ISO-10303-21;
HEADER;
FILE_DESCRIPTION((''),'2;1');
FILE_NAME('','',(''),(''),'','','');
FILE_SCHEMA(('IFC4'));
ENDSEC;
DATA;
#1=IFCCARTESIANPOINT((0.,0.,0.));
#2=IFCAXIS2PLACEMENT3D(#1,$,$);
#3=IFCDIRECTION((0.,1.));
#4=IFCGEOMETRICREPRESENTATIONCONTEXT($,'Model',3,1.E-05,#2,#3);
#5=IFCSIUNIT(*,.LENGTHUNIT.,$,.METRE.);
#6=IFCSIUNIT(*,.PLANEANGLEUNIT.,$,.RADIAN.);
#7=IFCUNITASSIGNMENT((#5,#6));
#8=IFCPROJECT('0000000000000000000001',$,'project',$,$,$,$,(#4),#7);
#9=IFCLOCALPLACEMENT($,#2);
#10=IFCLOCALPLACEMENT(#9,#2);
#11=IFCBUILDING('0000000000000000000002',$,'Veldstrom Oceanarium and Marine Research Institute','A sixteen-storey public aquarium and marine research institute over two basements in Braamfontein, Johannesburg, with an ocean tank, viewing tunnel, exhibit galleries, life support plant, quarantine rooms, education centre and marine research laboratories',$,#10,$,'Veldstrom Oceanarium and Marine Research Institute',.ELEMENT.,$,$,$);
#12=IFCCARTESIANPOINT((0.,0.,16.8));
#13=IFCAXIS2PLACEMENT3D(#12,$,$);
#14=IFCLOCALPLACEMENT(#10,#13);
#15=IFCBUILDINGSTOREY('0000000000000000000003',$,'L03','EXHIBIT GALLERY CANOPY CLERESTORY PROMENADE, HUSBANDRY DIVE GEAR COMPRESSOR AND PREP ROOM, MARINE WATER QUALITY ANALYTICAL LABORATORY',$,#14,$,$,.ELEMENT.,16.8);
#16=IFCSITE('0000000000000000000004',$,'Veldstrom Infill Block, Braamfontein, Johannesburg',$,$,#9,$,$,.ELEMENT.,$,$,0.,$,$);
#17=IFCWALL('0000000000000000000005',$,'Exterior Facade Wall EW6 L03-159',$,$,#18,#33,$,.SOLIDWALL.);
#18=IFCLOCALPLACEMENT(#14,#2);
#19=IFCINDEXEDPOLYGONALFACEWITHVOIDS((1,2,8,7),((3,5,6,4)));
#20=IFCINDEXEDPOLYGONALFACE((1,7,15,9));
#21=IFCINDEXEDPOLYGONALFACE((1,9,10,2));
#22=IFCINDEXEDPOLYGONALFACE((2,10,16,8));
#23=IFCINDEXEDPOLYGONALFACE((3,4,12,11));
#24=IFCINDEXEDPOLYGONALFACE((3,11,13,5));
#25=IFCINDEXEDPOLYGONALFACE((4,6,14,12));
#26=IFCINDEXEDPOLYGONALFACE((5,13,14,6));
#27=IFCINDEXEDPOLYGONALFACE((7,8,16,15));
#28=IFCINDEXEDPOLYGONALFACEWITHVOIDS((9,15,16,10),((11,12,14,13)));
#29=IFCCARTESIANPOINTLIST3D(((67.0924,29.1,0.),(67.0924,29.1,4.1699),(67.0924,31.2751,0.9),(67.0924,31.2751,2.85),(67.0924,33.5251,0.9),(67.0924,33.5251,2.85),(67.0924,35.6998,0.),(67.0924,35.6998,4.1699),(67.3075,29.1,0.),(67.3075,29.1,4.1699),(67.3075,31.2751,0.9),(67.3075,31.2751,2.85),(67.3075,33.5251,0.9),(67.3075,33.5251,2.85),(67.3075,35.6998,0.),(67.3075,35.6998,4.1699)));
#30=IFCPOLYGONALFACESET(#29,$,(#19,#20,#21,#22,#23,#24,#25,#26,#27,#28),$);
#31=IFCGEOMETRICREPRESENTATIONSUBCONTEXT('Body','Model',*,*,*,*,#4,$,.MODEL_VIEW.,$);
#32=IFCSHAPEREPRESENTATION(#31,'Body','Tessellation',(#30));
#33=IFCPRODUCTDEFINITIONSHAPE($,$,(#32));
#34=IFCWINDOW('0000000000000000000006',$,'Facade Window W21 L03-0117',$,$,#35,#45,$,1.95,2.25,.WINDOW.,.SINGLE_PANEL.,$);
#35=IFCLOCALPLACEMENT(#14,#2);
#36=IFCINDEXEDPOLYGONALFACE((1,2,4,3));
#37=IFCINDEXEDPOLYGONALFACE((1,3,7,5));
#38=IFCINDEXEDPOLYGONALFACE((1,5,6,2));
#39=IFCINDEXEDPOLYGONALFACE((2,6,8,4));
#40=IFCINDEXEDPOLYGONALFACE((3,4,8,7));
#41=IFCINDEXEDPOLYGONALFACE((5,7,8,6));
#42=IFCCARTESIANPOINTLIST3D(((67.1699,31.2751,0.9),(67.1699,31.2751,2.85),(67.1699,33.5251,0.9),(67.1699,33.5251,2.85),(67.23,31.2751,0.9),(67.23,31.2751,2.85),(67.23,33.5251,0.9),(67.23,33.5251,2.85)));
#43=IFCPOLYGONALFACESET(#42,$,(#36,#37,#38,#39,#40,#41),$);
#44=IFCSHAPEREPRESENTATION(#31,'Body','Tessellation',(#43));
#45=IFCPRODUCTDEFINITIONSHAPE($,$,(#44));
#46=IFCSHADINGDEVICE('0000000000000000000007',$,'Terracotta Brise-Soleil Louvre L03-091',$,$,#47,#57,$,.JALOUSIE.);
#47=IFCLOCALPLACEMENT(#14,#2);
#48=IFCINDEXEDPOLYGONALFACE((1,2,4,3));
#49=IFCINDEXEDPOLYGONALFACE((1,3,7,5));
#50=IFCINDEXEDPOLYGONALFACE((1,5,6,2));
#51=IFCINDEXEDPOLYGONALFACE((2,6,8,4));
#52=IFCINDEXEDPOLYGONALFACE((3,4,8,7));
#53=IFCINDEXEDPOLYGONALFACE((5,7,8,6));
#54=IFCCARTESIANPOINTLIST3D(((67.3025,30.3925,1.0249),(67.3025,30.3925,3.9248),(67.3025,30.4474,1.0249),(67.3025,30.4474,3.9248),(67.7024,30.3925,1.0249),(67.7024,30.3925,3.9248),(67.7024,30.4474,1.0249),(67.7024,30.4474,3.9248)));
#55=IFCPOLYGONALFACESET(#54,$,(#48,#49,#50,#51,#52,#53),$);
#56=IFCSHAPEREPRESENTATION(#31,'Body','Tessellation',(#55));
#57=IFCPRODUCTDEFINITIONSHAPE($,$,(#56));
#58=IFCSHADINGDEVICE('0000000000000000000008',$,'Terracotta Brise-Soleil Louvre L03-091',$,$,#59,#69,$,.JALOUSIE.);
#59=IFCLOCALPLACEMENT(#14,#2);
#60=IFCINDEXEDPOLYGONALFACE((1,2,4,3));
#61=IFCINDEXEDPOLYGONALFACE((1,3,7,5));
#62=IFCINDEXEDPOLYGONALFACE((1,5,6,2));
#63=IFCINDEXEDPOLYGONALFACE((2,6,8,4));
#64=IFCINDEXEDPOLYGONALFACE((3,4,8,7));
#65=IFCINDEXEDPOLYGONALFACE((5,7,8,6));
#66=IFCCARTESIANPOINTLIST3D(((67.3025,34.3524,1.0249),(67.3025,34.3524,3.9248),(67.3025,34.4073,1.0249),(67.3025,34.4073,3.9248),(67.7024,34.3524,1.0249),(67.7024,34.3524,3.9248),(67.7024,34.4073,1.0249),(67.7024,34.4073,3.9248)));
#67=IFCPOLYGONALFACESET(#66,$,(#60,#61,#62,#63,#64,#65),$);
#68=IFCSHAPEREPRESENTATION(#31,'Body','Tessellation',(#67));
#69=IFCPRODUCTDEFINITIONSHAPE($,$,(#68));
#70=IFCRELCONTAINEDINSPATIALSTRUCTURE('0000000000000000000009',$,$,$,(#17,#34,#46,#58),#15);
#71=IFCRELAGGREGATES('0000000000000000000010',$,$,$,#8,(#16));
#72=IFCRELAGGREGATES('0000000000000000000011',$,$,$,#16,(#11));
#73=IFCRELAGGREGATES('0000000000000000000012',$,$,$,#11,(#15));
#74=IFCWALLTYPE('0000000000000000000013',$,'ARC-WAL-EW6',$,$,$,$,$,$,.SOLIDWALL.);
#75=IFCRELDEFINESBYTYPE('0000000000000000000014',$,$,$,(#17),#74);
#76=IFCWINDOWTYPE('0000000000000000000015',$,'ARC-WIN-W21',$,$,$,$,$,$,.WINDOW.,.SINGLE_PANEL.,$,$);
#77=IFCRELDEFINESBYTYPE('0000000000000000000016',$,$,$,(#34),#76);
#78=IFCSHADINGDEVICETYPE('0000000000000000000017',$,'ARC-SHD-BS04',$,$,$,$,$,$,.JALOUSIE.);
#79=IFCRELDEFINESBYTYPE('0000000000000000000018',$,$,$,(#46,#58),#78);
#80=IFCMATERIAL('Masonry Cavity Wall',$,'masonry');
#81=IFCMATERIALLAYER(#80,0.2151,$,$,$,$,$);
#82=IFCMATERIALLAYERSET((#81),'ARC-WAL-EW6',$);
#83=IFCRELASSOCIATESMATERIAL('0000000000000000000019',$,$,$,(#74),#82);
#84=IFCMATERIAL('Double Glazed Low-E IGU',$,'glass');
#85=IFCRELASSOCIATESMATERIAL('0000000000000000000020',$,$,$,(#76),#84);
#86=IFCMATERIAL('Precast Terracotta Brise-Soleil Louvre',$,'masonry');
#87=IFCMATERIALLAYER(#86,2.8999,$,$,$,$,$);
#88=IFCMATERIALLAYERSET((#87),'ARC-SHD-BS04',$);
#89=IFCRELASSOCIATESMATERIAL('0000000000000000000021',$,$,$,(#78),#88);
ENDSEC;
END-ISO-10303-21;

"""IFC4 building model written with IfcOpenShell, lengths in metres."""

from ifc_helpers import new_model, si_unit, direction, frame, frame_2d, origin, origin_2d, place, context, subcontext, project, spatial, rectangle, extrude, material, layer, layer_set, type_object, element, fill, save


model = new_model("IFC4")

# Units and contexts
model_context = context("Model", 3, precision=1e-05, world=origin(), true_north=direction((0.0, 1.0)))
body_context = subcontext(model_context, "Body", "Model", "MODEL_VIEW")
ifc_project = project(units=[si_unit("LENGTHUNIT", "METRE"), si_unit("PLANEANGLEUNIT", "RADIAN")], contexts=[model_context])

# Site, building, storey
site_placement = place(None, origin())
site = spatial("IfcSite", under=ifc_project, at=site_placement, Name="Veldstrom Infill Block, Braamfontein, Johannesburg", CompositionType="ELEMENT", RefElevation=0.0)
building_placement = place(site_placement, origin())
building = spatial("IfcBuilding", under=site, at=building_placement, Name="Veldstrom Oceanarium and Marine Research Institute", Description="A sixteen-storey public aquarium and marine research institute over two basements in Braamfontein, Johannesburg, with an ocean tank, viewing tunnel, exhibit galleries, life support plant, quarantine rooms, education centre and marine research laboratories", LongName="Veldstrom Oceanarium and Marine Research Institute", CompositionType="ELEMENT")
storey_placement = place(building_placement, frame((0.0, 0.0, 16.8)))
storey = spatial("IfcBuildingStorey", under=building, at=storey_placement, Name="L03", Description="EXHIBIT GALLERY CANOPY CLERESTORY PROMENADE, HUSBANDRY DIVE GEAR COMPRESSOR AND PREP ROOM, MARINE WATER QUALITY ANALYTICAL LABORATORY", CompositionType="ELEMENT", Elevation=16.8)

# Wall, opening, window
ifc_material_1 = material(Name="Masonry Cavity Wall", Category="masonry")
ifc_layer_1 = layer(ifc_material_1, 0.2151)
ifc_layer_set_1 = layer_set([ifc_layer_1], Name="ARC-WAL-EW6")
wall_type = type_object("IfcWallType", Name="ARC-WAL-EW6", PredefinedType="SOLIDWALL", material=ifc_layer_set_1)
wall_placement = place(storey_placement, frame((67.2, 29.1001, 0.0), z_axis=(0.0, 0.0, 1.0), x_axis=(0.0, 1.0, 0.0)))
wall = element("IfcWall", 1, at=wall_placement, inside=storey, type_object=wall_type, Name="Exterior Facade Wall EW6 L03-159", PredefinedType="SOLIDWALL", context=body_context, shape_type="SweptSolid", body=[
    extrude(rectangle(XDim=6.5999, YDim=0.2151, at=frame_2d((3.2998, 0.0))), origin(), (0.0, 0.0, 1.0), 4.1699),
])
opening_placement = place(wall_placement, frame((2.175, 0.0, 0.8999)))
opening = element("IfcOpeningElement", 2, at=opening_placement, cuts=wall, PredefinedType="OPENING", context=body_context, shape_type="SweptSolid", body=[
    extrude(rectangle(XDim=2.25, YDim=1.95, at=frame_2d((1.125, 0.9751))), frame((0.0, 0.1174, 0.0), z_axis=(0.0, -1.0, 0.0), x_axis=(1.0, 0.0, 0.0)), (0.0, 0.0, 1.0), 0.2351),
])
ifc_material_2 = material(Name="Double Glazed Low-E IGU", Category="glass")
window_type = type_object("IfcWindowType", Name="ARC-WIN-W21", PartitioningType="SINGLE_PANEL", PredefinedType="WINDOW", material=ifc_material_2)
window_placement = place(opening_placement, origin())
window = element("IfcWindow", 3, at=window_placement, inside=storey, type_object=window_type, Name="Facade Window W21 L03-0117", OverallHeight=1.95, OverallWidth=2.25, PartitioningType="SINGLE_PANEL", PredefinedType="WINDOW", context=body_context, shape_type="SweptSolid", body=[
    extrude(rectangle(XDim=2.25, YDim=1.95, at=frame_2d((1.125, 0.9751))), frame((0.0, 0.03, 0.0), z_axis=(0.0, -1.0, 0.0), x_axis=(1.0, 0.0, 0.0)), (0.0, 0.0, 1.0), 0.0601),
])
fill(opening, window)

# Shading devices
ifc_material_3 = material(Name="Precast Terracotta Brise-Soleil Louvre", Category="masonry")
ifc_layer_2 = layer(ifc_material_3, 2.8999)
ifc_layer_set_2 = layer_set([ifc_layer_2], Name="ARC-SHD-BS04")
shading_device_type = type_object("IfcShadingDeviceType", Name="ARC-SHD-BS04", PredefinedType="JALOUSIE", material=ifc_layer_set_2)
for number, where, z_axis, x_axis, name in (
    (4, (67.5024, 30.4199, 1.0249), (0.0, 0.0, 1.0), (1.0, 0.0, 0.0), "Terracotta Brise-Soleil Louvre L03-091"),
    (5, (67.5024, 34.3799, 1.0249), (0.0, 0.0, 1.0), (1.0, 0.0, 0.0), "Terracotta Brise-Soleil Louvre L03-091"),
):
    element("IfcShadingDevice", number, at=place(storey_placement, frame(where, z_axis=z_axis, x_axis=x_axis)), inside=storey, type_object=shading_device_type, Name=name, PredefinedType="JALOUSIE", context=body_context, shape_type="SweptSolid", body=[
        extrude(rectangle(XDim=0.3999, YDim=0.0549, at=origin_2d()), origin(), (0.0, 0.0, 1.0), 2.8999),
    ])

save(model, "model.ifc")
